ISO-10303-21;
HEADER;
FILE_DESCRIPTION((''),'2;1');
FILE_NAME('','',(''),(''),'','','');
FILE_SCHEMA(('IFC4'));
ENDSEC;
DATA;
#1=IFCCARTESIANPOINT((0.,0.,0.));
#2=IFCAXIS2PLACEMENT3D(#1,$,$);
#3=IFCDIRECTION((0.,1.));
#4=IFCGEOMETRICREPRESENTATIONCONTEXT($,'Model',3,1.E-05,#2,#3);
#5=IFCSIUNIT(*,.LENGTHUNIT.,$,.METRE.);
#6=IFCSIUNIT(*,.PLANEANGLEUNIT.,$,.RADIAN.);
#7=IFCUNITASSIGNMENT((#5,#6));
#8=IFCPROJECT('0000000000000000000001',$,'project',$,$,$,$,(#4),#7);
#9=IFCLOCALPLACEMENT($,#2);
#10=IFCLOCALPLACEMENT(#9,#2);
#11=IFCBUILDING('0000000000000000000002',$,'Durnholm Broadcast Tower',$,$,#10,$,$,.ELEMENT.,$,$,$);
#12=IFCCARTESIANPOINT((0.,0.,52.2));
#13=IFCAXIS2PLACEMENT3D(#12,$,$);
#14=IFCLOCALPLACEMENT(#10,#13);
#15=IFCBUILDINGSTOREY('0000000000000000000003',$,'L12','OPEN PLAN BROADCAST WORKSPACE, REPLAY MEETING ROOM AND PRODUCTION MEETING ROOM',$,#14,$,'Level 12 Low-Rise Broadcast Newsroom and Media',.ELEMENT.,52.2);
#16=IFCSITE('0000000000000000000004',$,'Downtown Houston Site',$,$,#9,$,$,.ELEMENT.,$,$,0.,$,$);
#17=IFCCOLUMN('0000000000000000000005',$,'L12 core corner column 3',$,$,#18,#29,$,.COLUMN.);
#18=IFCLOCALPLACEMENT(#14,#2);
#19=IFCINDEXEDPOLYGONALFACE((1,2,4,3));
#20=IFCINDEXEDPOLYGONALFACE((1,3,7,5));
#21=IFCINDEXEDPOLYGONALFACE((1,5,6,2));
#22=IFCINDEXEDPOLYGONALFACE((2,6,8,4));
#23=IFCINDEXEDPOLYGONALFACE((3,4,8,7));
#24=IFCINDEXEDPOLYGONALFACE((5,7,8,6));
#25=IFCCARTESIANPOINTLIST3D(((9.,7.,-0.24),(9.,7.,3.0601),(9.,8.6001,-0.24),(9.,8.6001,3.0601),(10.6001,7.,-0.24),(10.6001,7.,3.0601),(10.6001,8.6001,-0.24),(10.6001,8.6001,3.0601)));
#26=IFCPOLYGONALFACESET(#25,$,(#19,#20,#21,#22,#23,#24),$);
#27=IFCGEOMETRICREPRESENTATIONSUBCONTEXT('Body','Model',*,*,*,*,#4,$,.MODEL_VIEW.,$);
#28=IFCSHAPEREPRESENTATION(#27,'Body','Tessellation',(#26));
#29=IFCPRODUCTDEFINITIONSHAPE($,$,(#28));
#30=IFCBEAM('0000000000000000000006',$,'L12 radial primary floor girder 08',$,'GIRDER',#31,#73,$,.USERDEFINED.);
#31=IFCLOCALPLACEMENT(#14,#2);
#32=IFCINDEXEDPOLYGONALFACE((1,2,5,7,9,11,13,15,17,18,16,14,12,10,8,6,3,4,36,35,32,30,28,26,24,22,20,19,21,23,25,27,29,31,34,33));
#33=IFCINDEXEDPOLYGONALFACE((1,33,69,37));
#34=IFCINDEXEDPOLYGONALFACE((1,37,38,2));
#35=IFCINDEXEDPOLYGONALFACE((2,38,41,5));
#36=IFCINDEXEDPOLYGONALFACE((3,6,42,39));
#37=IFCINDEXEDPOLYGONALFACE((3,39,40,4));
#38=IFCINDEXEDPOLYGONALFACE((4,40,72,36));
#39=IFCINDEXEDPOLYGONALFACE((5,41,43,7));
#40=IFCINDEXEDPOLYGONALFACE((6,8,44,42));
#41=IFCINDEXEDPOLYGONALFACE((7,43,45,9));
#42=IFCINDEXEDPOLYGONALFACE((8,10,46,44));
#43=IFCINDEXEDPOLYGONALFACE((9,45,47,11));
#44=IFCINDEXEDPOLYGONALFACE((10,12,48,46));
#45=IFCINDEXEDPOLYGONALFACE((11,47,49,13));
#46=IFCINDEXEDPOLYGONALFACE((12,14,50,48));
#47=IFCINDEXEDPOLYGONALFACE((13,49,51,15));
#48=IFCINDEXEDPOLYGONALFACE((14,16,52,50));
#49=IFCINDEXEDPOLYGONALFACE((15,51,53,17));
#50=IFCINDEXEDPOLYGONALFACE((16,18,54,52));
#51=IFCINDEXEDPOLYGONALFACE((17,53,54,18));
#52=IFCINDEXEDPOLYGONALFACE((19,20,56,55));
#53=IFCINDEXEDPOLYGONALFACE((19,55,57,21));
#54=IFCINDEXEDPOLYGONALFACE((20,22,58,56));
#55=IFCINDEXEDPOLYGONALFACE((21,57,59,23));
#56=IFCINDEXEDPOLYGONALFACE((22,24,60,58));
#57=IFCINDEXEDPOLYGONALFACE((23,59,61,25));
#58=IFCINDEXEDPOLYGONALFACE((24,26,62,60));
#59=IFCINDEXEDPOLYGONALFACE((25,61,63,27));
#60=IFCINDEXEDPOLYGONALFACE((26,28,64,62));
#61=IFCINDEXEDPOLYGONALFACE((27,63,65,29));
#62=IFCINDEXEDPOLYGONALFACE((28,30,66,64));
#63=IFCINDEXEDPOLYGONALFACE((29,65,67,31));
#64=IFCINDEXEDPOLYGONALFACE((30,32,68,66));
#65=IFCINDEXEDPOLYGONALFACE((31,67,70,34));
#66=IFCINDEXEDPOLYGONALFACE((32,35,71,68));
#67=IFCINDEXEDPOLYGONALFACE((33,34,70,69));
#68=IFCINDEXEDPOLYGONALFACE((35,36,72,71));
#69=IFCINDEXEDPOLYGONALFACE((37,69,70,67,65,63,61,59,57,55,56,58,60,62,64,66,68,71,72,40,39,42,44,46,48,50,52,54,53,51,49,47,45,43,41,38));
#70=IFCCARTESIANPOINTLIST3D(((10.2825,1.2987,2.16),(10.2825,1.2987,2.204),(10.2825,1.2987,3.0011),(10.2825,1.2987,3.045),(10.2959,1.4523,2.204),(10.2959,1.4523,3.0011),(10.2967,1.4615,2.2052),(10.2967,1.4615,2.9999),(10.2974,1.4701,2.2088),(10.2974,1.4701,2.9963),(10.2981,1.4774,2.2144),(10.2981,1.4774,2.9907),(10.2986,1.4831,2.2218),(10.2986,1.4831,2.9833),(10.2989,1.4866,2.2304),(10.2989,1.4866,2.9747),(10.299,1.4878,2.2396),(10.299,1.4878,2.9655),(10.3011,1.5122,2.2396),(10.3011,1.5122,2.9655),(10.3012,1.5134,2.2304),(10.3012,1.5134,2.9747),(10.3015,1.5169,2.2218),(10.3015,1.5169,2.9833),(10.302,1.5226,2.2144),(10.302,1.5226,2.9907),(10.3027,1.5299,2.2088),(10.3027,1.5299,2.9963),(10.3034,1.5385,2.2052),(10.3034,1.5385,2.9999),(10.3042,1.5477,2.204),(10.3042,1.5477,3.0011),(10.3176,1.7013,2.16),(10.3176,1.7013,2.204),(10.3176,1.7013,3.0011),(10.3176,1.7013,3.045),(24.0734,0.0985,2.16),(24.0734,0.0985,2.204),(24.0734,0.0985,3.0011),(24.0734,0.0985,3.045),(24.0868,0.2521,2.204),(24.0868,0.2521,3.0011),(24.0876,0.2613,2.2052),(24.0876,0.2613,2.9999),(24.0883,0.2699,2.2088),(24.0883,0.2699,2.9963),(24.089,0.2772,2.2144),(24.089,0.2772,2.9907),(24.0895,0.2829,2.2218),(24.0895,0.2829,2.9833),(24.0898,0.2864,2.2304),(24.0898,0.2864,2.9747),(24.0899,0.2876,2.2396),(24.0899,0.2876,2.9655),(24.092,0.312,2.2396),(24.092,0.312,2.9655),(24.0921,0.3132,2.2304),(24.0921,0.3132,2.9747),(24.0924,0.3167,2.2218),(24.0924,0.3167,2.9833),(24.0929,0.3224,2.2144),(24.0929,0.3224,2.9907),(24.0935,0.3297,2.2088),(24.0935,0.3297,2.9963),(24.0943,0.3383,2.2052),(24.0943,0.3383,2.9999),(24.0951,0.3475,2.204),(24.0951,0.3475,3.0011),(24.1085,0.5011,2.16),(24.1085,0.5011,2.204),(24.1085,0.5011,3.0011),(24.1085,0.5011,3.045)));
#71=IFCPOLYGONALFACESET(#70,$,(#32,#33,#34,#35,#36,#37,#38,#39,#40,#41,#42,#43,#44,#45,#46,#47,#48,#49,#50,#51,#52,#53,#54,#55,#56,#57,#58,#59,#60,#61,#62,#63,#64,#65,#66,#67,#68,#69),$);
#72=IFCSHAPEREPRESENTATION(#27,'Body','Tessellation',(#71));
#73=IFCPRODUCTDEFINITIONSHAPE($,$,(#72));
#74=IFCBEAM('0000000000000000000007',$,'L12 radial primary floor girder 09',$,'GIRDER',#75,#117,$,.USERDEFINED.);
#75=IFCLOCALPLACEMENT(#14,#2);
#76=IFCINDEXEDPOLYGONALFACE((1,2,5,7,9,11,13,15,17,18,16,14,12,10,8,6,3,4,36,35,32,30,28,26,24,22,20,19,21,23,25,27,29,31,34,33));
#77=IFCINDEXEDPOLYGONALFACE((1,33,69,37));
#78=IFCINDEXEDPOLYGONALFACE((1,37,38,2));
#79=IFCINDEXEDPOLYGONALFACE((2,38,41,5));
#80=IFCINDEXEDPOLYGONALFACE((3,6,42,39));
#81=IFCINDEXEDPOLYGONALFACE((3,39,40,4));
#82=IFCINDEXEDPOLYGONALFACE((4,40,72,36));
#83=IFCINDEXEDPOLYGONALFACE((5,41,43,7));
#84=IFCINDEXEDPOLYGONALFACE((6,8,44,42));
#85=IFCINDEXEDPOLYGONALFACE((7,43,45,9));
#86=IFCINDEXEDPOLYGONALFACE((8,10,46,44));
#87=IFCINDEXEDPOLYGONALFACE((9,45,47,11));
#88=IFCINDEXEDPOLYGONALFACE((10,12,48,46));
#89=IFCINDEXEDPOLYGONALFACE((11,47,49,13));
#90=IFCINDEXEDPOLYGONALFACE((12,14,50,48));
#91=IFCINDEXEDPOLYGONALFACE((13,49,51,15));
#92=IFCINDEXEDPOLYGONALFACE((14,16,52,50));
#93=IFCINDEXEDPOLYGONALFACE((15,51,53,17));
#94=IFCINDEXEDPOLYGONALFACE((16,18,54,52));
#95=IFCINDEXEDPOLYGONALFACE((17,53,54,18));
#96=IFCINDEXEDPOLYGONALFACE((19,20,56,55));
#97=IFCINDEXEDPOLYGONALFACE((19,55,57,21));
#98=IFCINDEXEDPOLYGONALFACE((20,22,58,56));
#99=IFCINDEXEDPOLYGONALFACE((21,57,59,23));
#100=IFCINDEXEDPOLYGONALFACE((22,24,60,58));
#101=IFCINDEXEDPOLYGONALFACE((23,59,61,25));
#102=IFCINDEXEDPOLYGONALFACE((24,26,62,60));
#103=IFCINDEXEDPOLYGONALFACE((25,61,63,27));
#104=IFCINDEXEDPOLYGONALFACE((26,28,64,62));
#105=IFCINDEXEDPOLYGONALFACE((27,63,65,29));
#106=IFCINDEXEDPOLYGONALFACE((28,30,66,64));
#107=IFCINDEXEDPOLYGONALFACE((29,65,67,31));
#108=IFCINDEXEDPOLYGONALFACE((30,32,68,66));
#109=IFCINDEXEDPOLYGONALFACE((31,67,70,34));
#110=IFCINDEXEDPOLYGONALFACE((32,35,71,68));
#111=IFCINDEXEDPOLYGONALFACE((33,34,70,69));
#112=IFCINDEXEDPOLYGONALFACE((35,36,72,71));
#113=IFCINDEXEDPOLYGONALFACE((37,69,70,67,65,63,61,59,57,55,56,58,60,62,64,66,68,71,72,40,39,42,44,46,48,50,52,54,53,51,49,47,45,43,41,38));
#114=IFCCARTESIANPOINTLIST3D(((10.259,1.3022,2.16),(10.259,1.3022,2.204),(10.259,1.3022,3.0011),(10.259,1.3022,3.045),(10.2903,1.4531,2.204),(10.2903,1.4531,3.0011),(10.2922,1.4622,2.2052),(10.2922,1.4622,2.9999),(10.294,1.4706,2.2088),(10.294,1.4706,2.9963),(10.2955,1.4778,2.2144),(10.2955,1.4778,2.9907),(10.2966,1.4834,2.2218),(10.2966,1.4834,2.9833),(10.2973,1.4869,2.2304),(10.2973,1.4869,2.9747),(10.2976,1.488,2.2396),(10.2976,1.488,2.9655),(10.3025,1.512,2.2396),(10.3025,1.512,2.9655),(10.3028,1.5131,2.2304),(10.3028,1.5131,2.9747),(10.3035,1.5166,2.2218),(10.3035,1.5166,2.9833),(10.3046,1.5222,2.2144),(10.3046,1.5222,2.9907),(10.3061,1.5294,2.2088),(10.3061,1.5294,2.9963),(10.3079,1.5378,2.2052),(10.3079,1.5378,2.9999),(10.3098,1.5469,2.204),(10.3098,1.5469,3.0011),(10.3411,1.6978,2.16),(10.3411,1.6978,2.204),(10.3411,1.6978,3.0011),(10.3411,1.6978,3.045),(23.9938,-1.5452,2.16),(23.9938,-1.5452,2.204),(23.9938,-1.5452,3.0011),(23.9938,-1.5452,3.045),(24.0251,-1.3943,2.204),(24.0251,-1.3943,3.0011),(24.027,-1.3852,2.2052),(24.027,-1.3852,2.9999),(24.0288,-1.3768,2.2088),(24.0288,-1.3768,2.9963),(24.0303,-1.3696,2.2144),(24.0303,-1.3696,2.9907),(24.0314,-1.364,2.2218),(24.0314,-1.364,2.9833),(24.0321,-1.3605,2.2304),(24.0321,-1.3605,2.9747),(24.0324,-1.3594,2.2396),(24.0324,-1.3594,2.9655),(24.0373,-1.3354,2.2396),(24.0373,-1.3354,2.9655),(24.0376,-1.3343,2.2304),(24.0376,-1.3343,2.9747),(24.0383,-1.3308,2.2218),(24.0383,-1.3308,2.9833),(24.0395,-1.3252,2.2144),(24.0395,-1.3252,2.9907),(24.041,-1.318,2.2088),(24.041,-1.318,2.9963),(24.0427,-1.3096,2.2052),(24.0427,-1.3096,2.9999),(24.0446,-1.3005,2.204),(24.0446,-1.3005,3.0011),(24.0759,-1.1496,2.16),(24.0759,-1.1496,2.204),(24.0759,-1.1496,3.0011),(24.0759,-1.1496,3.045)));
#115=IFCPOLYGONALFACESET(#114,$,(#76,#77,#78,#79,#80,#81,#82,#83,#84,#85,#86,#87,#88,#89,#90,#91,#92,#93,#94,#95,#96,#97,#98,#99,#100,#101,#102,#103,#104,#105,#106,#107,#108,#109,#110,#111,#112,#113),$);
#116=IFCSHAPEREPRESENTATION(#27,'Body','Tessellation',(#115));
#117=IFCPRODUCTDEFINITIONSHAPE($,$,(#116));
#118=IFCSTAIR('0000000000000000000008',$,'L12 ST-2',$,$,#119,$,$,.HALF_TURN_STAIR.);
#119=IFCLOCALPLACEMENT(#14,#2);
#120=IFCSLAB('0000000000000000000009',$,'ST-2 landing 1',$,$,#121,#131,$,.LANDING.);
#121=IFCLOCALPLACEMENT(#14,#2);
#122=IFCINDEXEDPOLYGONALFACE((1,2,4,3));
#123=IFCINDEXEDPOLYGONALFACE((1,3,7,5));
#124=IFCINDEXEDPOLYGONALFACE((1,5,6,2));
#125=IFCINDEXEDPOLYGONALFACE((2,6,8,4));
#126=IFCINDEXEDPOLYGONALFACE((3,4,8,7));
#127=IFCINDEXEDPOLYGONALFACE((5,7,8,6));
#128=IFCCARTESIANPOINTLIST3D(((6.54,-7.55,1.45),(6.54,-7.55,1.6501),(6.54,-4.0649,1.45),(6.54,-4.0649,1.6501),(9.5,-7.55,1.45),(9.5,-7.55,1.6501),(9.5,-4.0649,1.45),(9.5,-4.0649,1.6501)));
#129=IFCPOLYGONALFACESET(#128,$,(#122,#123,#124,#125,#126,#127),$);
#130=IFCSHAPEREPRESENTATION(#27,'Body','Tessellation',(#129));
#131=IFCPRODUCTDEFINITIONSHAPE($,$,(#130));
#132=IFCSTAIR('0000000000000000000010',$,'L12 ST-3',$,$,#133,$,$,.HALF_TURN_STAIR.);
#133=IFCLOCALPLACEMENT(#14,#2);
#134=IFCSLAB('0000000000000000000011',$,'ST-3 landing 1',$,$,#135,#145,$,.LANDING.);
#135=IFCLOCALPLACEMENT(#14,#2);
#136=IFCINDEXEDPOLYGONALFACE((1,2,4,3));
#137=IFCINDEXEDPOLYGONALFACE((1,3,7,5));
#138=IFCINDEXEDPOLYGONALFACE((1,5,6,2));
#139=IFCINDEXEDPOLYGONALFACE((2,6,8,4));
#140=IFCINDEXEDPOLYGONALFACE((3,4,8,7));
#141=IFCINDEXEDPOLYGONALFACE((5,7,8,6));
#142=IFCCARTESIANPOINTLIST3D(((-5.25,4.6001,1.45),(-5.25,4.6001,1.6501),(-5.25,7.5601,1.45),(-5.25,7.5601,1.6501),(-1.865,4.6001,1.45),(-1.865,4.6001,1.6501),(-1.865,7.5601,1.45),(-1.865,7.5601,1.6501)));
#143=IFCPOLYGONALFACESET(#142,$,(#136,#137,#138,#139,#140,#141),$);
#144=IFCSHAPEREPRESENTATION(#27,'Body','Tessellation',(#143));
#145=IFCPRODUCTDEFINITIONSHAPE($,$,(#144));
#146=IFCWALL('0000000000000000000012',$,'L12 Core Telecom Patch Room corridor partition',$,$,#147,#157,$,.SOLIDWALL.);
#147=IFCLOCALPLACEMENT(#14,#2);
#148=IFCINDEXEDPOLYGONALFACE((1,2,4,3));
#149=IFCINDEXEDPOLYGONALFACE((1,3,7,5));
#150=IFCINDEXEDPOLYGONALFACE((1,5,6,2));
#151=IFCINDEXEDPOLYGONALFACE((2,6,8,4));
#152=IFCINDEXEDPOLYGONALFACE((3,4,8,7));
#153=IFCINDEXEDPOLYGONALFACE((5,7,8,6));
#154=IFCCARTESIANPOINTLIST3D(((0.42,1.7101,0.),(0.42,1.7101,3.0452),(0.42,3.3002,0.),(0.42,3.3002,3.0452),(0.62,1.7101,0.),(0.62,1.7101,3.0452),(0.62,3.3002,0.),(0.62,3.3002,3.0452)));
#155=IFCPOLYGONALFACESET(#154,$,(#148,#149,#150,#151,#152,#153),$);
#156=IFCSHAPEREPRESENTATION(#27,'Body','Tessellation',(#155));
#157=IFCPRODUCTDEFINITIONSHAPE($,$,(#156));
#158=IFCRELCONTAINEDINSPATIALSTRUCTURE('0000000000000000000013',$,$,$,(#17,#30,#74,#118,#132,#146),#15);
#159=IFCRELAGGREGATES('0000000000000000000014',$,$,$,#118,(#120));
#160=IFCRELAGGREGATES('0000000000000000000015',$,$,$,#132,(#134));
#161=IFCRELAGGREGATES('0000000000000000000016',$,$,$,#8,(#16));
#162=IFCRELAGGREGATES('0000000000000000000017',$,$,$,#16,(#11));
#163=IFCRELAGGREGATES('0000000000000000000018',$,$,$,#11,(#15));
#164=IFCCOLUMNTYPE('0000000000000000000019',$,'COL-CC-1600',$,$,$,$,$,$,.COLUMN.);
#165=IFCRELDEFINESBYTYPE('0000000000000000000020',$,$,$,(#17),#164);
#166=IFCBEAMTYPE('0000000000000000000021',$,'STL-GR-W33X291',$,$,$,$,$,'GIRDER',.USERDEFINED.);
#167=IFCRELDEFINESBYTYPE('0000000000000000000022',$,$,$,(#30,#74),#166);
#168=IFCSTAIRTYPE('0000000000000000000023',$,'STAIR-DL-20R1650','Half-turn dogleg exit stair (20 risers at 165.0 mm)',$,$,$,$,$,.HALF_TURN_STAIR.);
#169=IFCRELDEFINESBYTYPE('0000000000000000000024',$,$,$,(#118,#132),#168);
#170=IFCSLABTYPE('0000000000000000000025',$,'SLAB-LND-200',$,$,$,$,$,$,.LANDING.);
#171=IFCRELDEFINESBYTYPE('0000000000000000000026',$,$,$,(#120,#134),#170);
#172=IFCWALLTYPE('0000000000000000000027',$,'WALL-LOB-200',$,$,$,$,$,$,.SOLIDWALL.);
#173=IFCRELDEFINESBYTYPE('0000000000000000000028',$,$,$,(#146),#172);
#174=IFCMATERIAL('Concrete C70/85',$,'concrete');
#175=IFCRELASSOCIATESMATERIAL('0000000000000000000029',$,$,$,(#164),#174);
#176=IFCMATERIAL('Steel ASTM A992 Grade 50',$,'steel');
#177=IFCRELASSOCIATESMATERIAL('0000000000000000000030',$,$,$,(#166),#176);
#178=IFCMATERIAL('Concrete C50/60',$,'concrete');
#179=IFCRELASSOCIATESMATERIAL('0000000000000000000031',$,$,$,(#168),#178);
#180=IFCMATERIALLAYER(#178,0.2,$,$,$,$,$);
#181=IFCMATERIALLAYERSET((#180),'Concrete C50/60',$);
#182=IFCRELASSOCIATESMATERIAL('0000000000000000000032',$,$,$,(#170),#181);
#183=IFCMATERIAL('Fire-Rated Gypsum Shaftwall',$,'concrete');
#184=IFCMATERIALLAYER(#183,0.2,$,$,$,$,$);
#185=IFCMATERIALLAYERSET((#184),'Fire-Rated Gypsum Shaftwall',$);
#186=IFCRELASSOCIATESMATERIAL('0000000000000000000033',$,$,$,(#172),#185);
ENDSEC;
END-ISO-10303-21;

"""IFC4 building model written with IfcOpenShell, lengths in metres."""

from ifc_helpers import new_model, si_unit, direction, frame, frame_2d, origin, origin_2d, place, context, subcontext, project, spatial, polyline, rectangle, i_section, outline, extrude, source, transform, mapped, material, layer, layer_set, material_profile, profile_set, type_object, type_shapes, element, aggregate, save


model = new_model("IFC4")

# Units and contexts
model_context = context("Model", 3, precision=1e-05, world=origin(), true_north=direction((0.0, 1.0)))
body_context = subcontext(model_context, "Body", "Model", "MODEL_VIEW")
ifc_project = project(units=[si_unit("LENGTHUNIT", "METRE"), si_unit("PLANEANGLEUNIT", "RADIAN")], contexts=[model_context])

# Site, building, storey
site_placement = place(None, origin())
site = spatial("IfcSite", under=ifc_project, at=site_placement, Name="Downtown Houston Site", CompositionType="ELEMENT", RefElevation=0.0)
building_placement = place(site_placement, origin())
building = spatial("IfcBuilding", under=site, at=building_placement, Name="Durnholm Broadcast Tower", CompositionType="ELEMENT")
storey_placement = place(building_placement, frame((0.0, 0.0, 52.2)))
storey = spatial("IfcBuildingStorey", under=building, at=storey_placement, Name="L12", Description="OPEN PLAN BROADCAST WORKSPACE, REPLAY MEETING ROOM AND PRODUCTION MEETING ROOM", LongName="Level 12 Low-Rise Broadcast Newsroom and Media", CompositionType="ELEMENT", Elevation=52.2)

# Column
ifc_material_1 = material(Name="Concrete C70/85", Category="concrete")
ifc_material_profile_1 = material_profile(ifc_material_1, rectangle(XDim=1.6001, YDim=1.6001, at=origin_2d()), Name="RC1600X1600")
ifc_profile_set_1 = profile_set([ifc_material_profile_1], Name="Concrete C70/85")
column_type = type_object("IfcColumnType", Name="COL-CC-1600", PredefinedType="COLUMN", material=ifc_profile_set_1)
shared_shape_1 = source(origin(), body_context, "Body", "SweptSolid", [
    extrude(rectangle(XDim=1.6001, YDim=1.6001, at=origin_2d()), origin(), (0.0, 0.0, 1.0), 3.3),
])
type_shapes(column_type, [shared_shape_1])
column_placement = place(storey_placement, frame((9.8, 7.8, -0.24), z_axis=(0.0, 0.0, 1.0), x_axis=(1.0, 0.0, 0.0)))
element("IfcColumn", 1, at=column_placement, inside=storey, type_object=column_type, Name="L12 core corner column 3", PredefinedType="COLUMN", context=body_context, shape_type="MappedRepresentation", body=[
    mapped(shared_shape_1, transform((0.0, 0.0, 0.0), x_axis=(1.0, 0.0, 0.0), y_axis=(0.0, 1.0, 0.0), z_axis=(0.0, 0.0, 1.0), scale=1.0)),
])

# Beams
ifc_material_2 = material(Name="Steel ASTM A992 Grade 50", Category="steel")
ifc_material_profile_2 = material_profile(ifc_material_2, i_section(OverallWidth=0.4041, OverallDepth=0.885, WebThickness=0.0244, FlangeThickness=0.0439, FilletRadius=0.0356, at=origin_2d()), Name="W33X291")
ifc_profile_set_2 = profile_set([ifc_material_profile_2], Name="Steel ASTM A992 Grade 50")
beam_type = type_object("IfcBeamType", Name="STL-GR-W33X291", ElementType="GIRDER", PredefinedType="USERDEFINED", material=ifc_profile_set_2)
shared_shape_2 = source(origin(), body_context, "Body", "SweptSolid", [
    extrude(i_section(OverallWidth=0.4041, OverallDepth=0.885, WebThickness=0.0244, FlangeThickness=0.0439, FilletRadius=0.0356, at=origin_2d()), origin(), (0.0, 0.0, 1.0), 13.843),
])
beam_1_placement = place(storey_placement, frame((10.3, 1.5, 2.6025), z_axis=(0.996234, -0.086701, 0.0), x_axis=(0.086701, 0.996234, 0.0)))
element("IfcBeam", 2, at=beam_1_placement, inside=storey, type_object=beam_type, Name="L12 radial primary floor girder 08", ObjectType="GIRDER", PredefinedType="USERDEFINED", context=body_context, shape_type="MappedRepresentation", body=[
    mapped(shared_shape_2, transform((0.0, 0.0, 0.0), x_axis=(1.0, 0.0, 0.0), y_axis=(0.0, 1.0, 0.0), z_axis=(0.0, 0.0, 1.0), scale=1.0)),
])
shared_shape_3 = source(origin(), body_context, "Body", "SweptSolid", [
    extrude(i_section(OverallWidth=0.4041, OverallDepth=0.885, WebThickness=0.0244, FlangeThickness=0.0439, FilletRadius=0.0356, at=origin_2d()), origin(), (0.0, 0.0, 1.0), 14.0269),
])
type_shapes(beam_type, [shared_shape_2, shared_shape_3])
beam_2_placement = place(storey_placement, frame((10.3, 1.5, 2.6025), z_axis=(0.979179, -0.202996, 0.0), x_axis=(0.202996, 0.979179, 0.0)))
element("IfcBeam", 3, at=beam_2_placement, inside=storey, type_object=beam_type, Name="L12 radial primary floor girder 09", ObjectType="GIRDER", PredefinedType="USERDEFINED", context=body_context, shape_type="MappedRepresentation", body=[
    mapped(shared_shape_3, transform((0.0, 0.0, 0.0), x_axis=(1.0, 0.0, 0.0), y_axis=(0.0, 1.0, 0.0), z_axis=(0.0, 0.0, 1.0), scale=1.0)),
])

# Stairs, slabs
ifc_material_3 = material(Name="Concrete C50/60", Category="concrete")
stair_type = type_object("IfcStairType", Name="STAIR-DL-20R1650", Description="Half-turn dogleg exit stair (20 risers at 165.0 mm)", PredefinedType="HALF_TURN_STAIR", material=ifc_material_3)
stair_1_placement = place(storey_placement, origin())
stair_1 = element("IfcStair", 4, at=stair_1_placement, inside=storey, type_object=stair_type, Name="L12 ST-2", PredefinedType="HALF_TURN_STAIR")
ifc_layer_1 = layer(ifc_material_3, 0.2)
ifc_layer_set_1 = layer_set([ifc_layer_1], Name="Concrete C50/60")
slab_type = type_object("IfcSlabType", Name="SLAB-LND-200", PredefinedType="LANDING", material=ifc_layer_set_1)
slab_1_placement = place(storey_placement, frame((0.0, 0.0, 1.45)))
slab_1 = element("IfcSlab", 5, at=slab_1_placement, type_object=slab_type, Name="ST-2 landing 1", PredefinedType="LANDING", context=body_context, shape_type="SweptSolid", body=[
    extrude(outline(polyline([(6.54, -4.0649), (6.54, -7.55), (9.5, -7.55), (9.5, -4.0649), (6.54, -4.0649)])), origin(), (0.0, 0.0, 1.0), 0.2002),
])
aggregate(stair_1, [slab_1])
stair_2_placement = place(storey_placement, origin())
stair_2 = element("IfcStair", 6, at=stair_2_placement, inside=storey, type_object=stair_type, Name="L12 ST-3", PredefinedType="HALF_TURN_STAIR")
slab_2_placement = place(storey_placement, frame((0.0, 0.0, 1.45)))
slab_2 = element("IfcSlab", 7, at=slab_2_placement, type_object=slab_type, Name="ST-3 landing 1", PredefinedType="LANDING", context=body_context, shape_type="SweptSolid", body=[
    extrude(outline(polyline([(-1.865, 7.5601), (-5.25, 7.5601), (-5.25, 4.6001), (-1.865, 4.6001), (-1.865, 7.5601)])), origin(), (0.0, 0.0, 1.0), 0.2002),
])

# Wall
ifc_material_4 = material(Name="Fire-Rated Gypsum Shaftwall", Category="concrete")
ifc_layer_2 = layer(ifc_material_4, 0.2)
ifc_layer_set_2 = layer_set([ifc_layer_2], Name="Fire-Rated Gypsum Shaftwall")
wall_type_1 = type_object("IfcWallType", Name="WALL-LOB-200", PredefinedType="SOLIDWALL", material=ifc_layer_set_2)
wall_1_placement = place(storey_placement, frame((0.52, 3.3, 0.0), z_axis=(0.0, 0.0, 1.0), x_axis=(0.0, -1.0, 0.0)))
element("IfcWall", 8, at=wall_1_placement, inside=storey, type_object=wall_type_1, Name="L12 Core Telecom Patch Room corridor partition", PredefinedType="SOLIDWALL", context=body_context, shape_type="SweptSolid", body=[
    extrude(rectangle(XDim=1.5901, YDim=0.2, at=frame_2d((0.7949, 0.0))), origin(), (0.0, 0.0, 1.0), 3.0452),
])

aggregate(stair_2, [slab_2])

save(model, "model.ifc")
